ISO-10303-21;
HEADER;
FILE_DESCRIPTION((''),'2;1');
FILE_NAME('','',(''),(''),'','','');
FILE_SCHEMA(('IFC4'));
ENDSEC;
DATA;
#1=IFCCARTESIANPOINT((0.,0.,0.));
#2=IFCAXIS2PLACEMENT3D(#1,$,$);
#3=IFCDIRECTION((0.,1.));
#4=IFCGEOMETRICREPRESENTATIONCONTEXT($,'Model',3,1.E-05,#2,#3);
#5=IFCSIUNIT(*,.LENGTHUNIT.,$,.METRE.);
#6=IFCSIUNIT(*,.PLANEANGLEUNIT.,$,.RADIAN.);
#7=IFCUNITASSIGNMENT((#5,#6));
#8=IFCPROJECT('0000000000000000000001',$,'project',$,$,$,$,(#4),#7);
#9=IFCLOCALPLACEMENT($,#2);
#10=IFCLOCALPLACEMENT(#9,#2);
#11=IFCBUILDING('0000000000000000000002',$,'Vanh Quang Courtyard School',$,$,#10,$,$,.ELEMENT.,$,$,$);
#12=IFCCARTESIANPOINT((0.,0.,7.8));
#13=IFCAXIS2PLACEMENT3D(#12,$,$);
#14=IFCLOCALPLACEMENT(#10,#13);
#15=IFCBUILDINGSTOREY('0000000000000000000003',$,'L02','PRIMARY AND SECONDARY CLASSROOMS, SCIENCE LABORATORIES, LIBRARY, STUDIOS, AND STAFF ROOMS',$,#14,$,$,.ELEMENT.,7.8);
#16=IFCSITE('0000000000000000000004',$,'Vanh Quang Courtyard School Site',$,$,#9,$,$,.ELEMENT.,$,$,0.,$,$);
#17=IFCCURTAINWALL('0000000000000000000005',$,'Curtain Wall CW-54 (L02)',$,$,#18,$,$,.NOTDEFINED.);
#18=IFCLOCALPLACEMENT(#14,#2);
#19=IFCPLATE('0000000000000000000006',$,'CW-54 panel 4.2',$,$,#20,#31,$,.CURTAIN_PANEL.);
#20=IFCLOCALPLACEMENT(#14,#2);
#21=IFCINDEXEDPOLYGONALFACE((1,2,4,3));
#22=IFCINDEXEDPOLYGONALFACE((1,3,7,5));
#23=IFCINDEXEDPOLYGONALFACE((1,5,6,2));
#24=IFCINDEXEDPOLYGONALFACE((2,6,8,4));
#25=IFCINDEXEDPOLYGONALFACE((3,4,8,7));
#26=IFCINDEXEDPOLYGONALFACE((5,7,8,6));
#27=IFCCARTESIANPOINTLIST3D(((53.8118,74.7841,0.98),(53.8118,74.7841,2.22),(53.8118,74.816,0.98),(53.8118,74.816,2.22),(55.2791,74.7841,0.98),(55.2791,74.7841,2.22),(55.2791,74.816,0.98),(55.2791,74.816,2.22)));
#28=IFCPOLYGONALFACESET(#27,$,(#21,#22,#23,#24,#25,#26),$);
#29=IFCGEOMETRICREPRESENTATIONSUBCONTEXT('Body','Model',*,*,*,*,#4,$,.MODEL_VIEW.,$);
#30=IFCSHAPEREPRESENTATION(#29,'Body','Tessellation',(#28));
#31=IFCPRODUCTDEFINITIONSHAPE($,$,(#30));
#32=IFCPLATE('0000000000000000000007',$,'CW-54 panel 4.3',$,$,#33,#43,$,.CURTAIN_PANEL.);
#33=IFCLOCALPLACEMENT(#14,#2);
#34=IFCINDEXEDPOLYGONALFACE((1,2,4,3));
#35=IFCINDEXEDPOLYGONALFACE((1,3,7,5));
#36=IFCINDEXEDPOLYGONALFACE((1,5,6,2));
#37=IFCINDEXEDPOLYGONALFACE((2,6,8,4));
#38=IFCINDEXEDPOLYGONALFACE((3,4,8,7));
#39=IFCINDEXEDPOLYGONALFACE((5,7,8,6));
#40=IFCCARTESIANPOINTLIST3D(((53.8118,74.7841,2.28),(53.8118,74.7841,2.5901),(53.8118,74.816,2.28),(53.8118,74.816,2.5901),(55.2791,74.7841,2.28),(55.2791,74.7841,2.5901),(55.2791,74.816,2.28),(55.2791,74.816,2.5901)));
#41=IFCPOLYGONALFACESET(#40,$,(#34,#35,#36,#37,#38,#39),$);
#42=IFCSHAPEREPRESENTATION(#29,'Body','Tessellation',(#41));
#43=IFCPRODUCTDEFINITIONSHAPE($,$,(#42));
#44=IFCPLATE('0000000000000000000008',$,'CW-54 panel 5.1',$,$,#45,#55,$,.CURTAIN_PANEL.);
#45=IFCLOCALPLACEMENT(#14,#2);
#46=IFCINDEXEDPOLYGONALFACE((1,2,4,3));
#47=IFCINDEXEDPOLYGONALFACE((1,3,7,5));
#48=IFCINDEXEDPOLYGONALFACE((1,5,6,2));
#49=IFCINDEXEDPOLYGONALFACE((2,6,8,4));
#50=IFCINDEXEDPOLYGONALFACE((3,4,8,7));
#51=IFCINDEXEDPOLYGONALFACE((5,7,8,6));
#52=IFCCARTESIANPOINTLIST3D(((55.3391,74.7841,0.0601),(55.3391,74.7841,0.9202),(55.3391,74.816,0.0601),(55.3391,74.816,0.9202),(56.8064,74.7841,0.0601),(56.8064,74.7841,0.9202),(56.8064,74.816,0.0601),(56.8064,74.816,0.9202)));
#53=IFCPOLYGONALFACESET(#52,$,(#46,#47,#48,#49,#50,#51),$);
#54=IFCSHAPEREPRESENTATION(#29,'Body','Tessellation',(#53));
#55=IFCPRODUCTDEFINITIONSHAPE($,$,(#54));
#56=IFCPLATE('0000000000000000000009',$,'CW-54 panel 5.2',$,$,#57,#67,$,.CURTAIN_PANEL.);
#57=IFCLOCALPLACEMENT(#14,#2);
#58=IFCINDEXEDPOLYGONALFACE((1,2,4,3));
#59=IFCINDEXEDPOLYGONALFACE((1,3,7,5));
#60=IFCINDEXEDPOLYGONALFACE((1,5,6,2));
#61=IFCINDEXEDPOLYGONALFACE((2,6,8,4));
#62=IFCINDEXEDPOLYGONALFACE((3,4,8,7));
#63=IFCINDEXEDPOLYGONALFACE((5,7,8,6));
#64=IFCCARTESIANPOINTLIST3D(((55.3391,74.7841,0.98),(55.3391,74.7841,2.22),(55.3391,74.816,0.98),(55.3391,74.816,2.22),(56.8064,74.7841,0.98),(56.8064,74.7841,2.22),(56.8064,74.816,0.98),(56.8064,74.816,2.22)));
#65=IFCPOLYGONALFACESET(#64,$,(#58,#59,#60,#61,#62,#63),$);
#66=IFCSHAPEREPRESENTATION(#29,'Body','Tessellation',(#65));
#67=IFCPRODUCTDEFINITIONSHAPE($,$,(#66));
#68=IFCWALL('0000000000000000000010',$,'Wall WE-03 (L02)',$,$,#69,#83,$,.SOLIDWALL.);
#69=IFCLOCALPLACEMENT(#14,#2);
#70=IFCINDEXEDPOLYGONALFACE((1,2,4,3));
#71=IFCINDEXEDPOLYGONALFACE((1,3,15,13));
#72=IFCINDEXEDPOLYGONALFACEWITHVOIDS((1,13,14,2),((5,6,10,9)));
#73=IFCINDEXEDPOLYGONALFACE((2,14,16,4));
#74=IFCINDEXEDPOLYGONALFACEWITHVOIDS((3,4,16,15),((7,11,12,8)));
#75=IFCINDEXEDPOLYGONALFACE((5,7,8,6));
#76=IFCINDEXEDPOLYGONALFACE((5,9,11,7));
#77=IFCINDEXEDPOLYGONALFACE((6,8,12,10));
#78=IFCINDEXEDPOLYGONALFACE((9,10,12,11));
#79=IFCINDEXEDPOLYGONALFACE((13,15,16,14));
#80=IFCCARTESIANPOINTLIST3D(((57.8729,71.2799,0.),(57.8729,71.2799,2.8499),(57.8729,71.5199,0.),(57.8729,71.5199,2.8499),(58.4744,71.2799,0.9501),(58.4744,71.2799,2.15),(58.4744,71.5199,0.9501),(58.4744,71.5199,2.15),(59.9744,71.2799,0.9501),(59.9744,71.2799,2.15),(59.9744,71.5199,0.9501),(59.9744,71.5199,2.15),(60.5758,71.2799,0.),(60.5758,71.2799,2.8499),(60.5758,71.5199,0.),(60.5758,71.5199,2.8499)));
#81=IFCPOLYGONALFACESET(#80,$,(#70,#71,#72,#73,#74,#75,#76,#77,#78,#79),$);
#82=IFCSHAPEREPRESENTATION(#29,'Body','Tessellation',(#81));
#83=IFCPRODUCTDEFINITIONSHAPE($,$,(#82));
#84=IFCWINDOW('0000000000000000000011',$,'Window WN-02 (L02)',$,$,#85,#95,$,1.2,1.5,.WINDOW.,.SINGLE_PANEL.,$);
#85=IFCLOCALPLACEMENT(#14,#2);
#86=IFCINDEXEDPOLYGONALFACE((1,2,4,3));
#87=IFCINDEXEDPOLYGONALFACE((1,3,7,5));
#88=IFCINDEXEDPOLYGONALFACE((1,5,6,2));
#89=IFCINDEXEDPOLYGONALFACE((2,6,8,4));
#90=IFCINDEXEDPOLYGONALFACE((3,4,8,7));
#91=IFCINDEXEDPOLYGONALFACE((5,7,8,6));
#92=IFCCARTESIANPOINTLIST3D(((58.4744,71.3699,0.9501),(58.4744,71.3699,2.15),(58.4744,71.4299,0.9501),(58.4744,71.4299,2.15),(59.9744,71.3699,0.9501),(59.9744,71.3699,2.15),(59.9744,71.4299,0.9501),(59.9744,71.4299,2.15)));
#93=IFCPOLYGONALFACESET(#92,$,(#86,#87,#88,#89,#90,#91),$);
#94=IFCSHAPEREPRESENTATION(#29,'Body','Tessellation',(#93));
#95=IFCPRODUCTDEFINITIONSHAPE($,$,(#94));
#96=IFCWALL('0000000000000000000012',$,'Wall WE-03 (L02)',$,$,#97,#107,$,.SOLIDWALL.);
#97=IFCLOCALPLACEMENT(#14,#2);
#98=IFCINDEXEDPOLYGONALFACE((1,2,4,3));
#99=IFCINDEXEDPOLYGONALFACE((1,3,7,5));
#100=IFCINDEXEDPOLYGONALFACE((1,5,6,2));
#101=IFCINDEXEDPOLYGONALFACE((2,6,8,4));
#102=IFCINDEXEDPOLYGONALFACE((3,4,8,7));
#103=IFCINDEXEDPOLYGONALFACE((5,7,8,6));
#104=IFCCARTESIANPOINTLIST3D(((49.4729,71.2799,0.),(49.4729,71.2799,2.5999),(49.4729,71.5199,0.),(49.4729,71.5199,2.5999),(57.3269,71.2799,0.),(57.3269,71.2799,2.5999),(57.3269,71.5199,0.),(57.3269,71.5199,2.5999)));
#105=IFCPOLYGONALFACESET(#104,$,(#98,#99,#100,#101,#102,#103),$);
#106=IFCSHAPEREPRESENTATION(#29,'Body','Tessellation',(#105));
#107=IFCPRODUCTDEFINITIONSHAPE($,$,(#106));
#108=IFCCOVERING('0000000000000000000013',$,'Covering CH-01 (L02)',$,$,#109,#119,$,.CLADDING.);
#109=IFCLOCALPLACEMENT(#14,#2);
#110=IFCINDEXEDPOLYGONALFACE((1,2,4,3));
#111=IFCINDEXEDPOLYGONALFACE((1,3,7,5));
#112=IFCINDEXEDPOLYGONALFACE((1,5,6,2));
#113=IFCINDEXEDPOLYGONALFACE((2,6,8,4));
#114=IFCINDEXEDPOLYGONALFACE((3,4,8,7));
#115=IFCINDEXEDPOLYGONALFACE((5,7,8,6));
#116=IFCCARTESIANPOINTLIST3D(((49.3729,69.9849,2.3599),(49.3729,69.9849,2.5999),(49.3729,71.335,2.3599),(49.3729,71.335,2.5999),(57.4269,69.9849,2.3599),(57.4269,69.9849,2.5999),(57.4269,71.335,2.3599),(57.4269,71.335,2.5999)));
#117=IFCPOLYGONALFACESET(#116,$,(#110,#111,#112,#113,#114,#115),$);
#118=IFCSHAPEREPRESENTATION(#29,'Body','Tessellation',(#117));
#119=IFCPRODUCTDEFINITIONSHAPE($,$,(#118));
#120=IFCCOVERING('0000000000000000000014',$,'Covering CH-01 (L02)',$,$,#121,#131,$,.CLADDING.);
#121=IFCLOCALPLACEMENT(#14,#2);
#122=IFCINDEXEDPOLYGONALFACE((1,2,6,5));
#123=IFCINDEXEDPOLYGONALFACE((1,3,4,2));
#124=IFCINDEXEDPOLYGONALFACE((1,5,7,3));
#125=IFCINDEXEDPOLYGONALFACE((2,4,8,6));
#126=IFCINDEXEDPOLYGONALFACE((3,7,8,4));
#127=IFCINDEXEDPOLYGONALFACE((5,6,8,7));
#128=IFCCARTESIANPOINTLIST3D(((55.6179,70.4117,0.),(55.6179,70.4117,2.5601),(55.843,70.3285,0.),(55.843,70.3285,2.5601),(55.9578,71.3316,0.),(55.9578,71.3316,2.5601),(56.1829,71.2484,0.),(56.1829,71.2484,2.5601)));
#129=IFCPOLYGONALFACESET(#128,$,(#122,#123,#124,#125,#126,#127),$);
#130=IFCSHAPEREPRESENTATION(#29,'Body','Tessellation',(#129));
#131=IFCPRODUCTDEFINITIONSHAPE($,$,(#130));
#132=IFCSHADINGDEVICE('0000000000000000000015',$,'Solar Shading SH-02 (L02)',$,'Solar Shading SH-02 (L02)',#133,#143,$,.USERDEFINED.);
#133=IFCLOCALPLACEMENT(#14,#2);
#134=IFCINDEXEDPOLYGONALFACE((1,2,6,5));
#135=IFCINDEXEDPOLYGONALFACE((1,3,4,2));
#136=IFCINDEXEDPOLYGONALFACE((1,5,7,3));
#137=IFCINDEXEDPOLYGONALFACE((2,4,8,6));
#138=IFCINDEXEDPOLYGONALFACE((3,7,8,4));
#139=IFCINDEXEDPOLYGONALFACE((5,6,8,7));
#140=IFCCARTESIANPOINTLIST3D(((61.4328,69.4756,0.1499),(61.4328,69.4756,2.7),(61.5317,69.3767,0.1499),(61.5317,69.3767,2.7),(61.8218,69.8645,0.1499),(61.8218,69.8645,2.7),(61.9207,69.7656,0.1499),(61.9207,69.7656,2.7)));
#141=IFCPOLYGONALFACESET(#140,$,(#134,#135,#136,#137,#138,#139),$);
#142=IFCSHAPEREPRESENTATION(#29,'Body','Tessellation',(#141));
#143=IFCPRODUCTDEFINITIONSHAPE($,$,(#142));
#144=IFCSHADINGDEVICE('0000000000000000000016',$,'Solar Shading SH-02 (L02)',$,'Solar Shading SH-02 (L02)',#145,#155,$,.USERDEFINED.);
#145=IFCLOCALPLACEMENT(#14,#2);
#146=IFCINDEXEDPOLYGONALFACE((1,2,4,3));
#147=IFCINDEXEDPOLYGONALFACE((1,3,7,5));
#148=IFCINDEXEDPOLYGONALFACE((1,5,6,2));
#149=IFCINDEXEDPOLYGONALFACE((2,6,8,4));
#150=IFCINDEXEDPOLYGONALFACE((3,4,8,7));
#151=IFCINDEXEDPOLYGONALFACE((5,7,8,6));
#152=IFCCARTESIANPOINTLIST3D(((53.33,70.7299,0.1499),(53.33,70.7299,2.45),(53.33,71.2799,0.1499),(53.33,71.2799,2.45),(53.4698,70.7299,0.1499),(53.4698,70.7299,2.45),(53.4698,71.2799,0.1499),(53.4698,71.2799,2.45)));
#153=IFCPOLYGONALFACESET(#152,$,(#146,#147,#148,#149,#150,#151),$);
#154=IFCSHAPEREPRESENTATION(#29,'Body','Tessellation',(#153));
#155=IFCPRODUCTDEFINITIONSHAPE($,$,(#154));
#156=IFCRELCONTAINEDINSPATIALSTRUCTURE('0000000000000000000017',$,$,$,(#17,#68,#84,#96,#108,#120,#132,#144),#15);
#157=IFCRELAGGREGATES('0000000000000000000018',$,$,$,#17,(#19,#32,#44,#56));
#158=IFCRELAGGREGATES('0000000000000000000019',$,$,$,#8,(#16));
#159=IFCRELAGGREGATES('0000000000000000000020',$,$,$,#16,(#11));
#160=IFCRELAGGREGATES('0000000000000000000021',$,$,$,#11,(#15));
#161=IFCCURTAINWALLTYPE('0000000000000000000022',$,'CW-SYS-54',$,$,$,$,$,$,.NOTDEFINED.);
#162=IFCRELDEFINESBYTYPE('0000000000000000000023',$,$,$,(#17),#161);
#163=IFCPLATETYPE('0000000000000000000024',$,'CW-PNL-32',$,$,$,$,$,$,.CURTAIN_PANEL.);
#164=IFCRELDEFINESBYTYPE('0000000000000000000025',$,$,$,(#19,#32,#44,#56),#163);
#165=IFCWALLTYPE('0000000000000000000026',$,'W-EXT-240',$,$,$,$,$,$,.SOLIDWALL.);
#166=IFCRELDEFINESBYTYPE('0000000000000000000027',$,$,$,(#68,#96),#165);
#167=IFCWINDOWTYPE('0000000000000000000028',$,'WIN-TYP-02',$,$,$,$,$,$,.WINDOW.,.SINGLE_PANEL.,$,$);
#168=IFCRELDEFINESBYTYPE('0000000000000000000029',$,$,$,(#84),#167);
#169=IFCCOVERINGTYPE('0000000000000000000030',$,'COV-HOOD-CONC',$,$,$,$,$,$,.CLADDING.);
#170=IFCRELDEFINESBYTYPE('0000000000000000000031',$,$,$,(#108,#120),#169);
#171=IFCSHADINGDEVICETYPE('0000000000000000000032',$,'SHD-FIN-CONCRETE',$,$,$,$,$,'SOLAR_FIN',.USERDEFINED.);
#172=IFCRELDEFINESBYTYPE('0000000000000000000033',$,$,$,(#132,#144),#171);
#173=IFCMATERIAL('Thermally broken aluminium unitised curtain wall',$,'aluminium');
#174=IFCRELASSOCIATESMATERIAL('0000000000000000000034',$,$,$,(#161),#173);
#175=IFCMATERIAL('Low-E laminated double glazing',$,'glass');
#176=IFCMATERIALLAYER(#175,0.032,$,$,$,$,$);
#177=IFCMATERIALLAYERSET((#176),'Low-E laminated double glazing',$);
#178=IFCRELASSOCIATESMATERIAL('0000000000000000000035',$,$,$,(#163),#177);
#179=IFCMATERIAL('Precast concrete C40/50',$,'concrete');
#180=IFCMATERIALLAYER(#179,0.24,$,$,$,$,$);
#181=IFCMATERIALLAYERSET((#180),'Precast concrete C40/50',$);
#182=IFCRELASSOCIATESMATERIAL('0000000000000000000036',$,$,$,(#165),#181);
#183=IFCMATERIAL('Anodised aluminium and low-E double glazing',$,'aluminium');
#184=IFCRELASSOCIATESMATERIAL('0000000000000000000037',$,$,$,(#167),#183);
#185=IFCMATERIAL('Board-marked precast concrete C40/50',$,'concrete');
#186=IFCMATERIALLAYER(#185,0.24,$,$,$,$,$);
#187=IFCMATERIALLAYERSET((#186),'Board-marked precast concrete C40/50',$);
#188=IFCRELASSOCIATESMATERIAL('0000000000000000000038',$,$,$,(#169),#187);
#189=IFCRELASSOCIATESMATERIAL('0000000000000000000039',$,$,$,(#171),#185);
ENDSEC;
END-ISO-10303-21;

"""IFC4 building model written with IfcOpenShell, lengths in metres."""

from ifc_helpers import new_model, si_unit, direction, frame, frame_2d, origin, origin_2d, place, context, subcontext, project, spatial, rectangle, extrude, material, layer, layer_set, type_object, element, fill, aggregate, save


model = new_model("IFC4")

# Units and contexts
model_context = context("Model", 3, precision=1e-05, world=origin(), true_north=direction((0.0, 1.0)))
body_context = subcontext(model_context, "Body", "Model", "MODEL_VIEW")
ifc_project = project(units=[si_unit("LENGTHUNIT", "METRE"), si_unit("PLANEANGLEUNIT", "RADIAN")], contexts=[model_context])

# Site, building, storey
site_placement = place(None, origin())
site = spatial("IfcSite", under=ifc_project, at=site_placement, Name="Vanh Quang Courtyard School Site", CompositionType="ELEMENT", RefElevation=0.0)
building_placement = place(site_placement, origin())
building = spatial("IfcBuilding", under=site, at=building_placement, Name="Vanh Quang Courtyard School", CompositionType="ELEMENT")
storey_placement = place(building_placement, frame((0.0, 0.0, 7.8)))
storey = spatial("IfcBuildingStorey", under=building, at=storey_placement, Name="L02", Description="PRIMARY AND SECONDARY CLASSROOMS, SCIENCE LABORATORIES, LIBRARY, STUDIOS, AND STAFF ROOMS", CompositionType="ELEMENT", Elevation=7.8)

# Curtain wall, plates
ifc_material_1 = material(Name="Thermally broken aluminium unitised curtain wall", Category="aluminium")
curtain_wall_type = type_object("IfcCurtainWallType", Name="CW-SYS-54", PredefinedType="NOTDEFINED", material=ifc_material_1)
curtain_wall_placement = place(storey_placement, origin())
curtain_wall = element("IfcCurtainWall", 1, at=curtain_wall_placement, inside=storey, type_object=curtain_wall_type, Name="Curtain Wall CW-54 (L02)", PredefinedType="NOTDEFINED")
ifc_material_2 = material(Name="Low-E laminated double glazing", Category="glass")
ifc_layer_1 = layer(ifc_material_2, 0.032)
ifc_layer_set_1 = layer_set([ifc_layer_1], Name="Low-E laminated double glazing")
plate_type = type_object("IfcPlateType", Name="CW-PNL-32", PredefinedType="CURTAIN_PANEL", material=ifc_layer_set_1)
plate_1_placement = place(storey_placement, frame((54.5454, 74.8, 0.98), z_axis=(0.0, 0.0, 1.0), x_axis=(1.0, 0.0, 0.0)))
plate_1 = element("IfcPlate", 2, at=plate_1_placement, type_object=plate_type, Name="CW-54 panel 4.2", PredefinedType="CURTAIN_PANEL", context=body_context, shape_type="SweptSolid", body=[
    extrude(rectangle(XDim=1.4673, YDim=0.032, at=origin_2d()), origin(), (0.0, 0.0, 1.0), 1.24),
])
plate_2_placement = place(storey_placement, frame((54.5454, 74.8, 2.28), z_axis=(0.0, 0.0, 1.0), x_axis=(1.0, 0.0, 0.0)))
plate_2 = element("IfcPlate", 3, at=plate_2_placement, type_object=plate_type, Name="CW-54 panel 4.3", PredefinedType="CURTAIN_PANEL", context=body_context, shape_type="SweptSolid", body=[
    extrude(rectangle(XDim=1.4673, YDim=0.032, at=origin_2d()), origin(), (0.0, 0.0, 1.0), 0.3101),
])
plate_3_placement = place(storey_placement, frame((56.0728, 74.8, 0.0601), z_axis=(0.0, 0.0, 1.0), x_axis=(1.0, 0.0, 0.0)))
plate_3 = element("IfcPlate", 4, at=plate_3_placement, type_object=plate_type, Name="CW-54 panel 5.1", PredefinedType="CURTAIN_PANEL", context=body_context, shape_type="SweptSolid", body=[
    extrude(rectangle(XDim=1.4673, YDim=0.032, at=origin_2d()), origin(), (0.0, 0.0, 1.0), 0.8601),
])
plate_4_placement = place(storey_placement, frame((56.0728, 74.8, 0.98), z_axis=(0.0, 0.0, 1.0), x_axis=(1.0, 0.0, 0.0)))
plate_4 = element("IfcPlate", 5, at=plate_4_placement, type_object=plate_type, Name="CW-54 panel 5.2", PredefinedType="CURTAIN_PANEL", context=body_context, shape_type="SweptSolid", body=[
    extrude(rectangle(XDim=1.4673, YDim=0.032, at=origin_2d()), origin(), (0.0, 0.0, 1.0), 1.24),
])
aggregate(curtain_wall, [plate_1, plate_2, plate_3, plate_4])

# Wall, opening, window
ifc_material_3 = material(Name="Precast concrete C40/50", Category="concrete")
ifc_layer_2 = layer(ifc_material_3, 0.24)
ifc_layer_set_2 = layer_set([ifc_layer_2], Name="Precast concrete C40/50")
wall_type_1 = type_object("IfcWallType", Name="W-EXT-240", PredefinedType="SOLIDWALL", material=ifc_layer_set_2)
wall_1_placement = place(storey_placement, frame((60.5759, 71.3999, 0.0), z_axis=(0.0, 0.0, 1.0), x_axis=(-1.0, 0.0, 0.0)))
wall_1 = element("IfcWall", 6, at=wall_1_placement, inside=storey, type_object=wall_type_1, Name="Wall WE-03 (L02)", PredefinedType="SOLIDWALL", context=body_context, shape_type="SweptSolid", body=[
    extrude(rectangle(XDim=2.7029, YDim=0.24, at=frame_2d((1.3516, 0.0))), origin(), (0.0, 0.0, 1.0), 2.8499),
])
opening_1_placement = place(wall_1_placement, frame((0.6016, 0.0, 0.95)))
opening_1 = element("IfcOpeningElement", 7, at=opening_1_placement, cuts=wall_1, PredefinedType="OPENING", context=body_context, shape_type="SweptSolid", body=[
    extrude(rectangle(XDim=1.5, YDim=1.2, at=frame_2d((0.75, 0.6001))), frame((0.0, 0.1299, 0.0), z_axis=(0.0, -1.0, 0.0), x_axis=(1.0, 0.0, 0.0)), (0.0, 0.0, 1.0), 0.26),
])
ifc_material_4 = material(Name="Anodised aluminium and low-E double glazing", Category="aluminium")
window_type = type_object("IfcWindowType", Name="WIN-TYP-02", PartitioningType="SINGLE_PANEL", PredefinedType="WINDOW", material=ifc_material_4)
window_placement = place(opening_1_placement, origin())
window = element("IfcWindow", 8, at=window_placement, inside=storey, type_object=window_type, Name="Window WN-02 (L02)", OverallHeight=1.2, OverallWidth=1.5, PartitioningType="SINGLE_PANEL", PredefinedType="WINDOW", context=body_context, shape_type="SweptSolid", body=[
    extrude(rectangle(XDim=1.5, YDim=1.2, at=frame_2d((0.75, 0.6001))), frame((0.0, 0.03, 0.0), z_axis=(0.0, -1.0, 0.0), x_axis=(1.0, 0.0, 0.0)), (0.0, 0.0, 1.0), 0.0601),
])
fill(opening_1, window)

# Wall
wall_2_placement = place(storey_placement, frame((57.3269, 71.3999, 0.0), z_axis=(0.0, 0.0, 1.0), x_axis=(-1.0, 0.0, 0.0)))
element("IfcWall", 9, at=wall_2_placement, inside=storey, type_object=wall_type_1, Name="Wall WE-03 (L02)", PredefinedType="SOLIDWALL", context=body_context, shape_type="SweptSolid", body=[
    extrude(rectangle(XDim=7.854, YDim=0.24, at=frame_2d((3.927, 0.0))), origin(), (0.0, 0.0, 1.0), 2.5999),
])

# Coverings
ifc_material_5 = material(Name="Board-marked precast concrete C40/50", Category="concrete")
ifc_layer_3 = layer(ifc_material_5, 0.24)
ifc_layer_set_3 = layer_set([ifc_layer_3], Name="Board-marked precast concrete C40/50")
covering_type = type_object("IfcCoveringType", Name="COV-HOOD-CONC", PredefinedType="CLADDING", material=ifc_layer_set_3)
covering_1_placement = place(storey_placement, frame((53.3999, 70.6599, 2.3599), z_axis=(0.0, 0.0, 1.0), x_axis=(-1.0, 0.0, 0.0)))
element("IfcCovering", 10, at=covering_1_placement, inside=storey, type_object=covering_type, Name="Covering CH-01 (L02)", PredefinedType="CLADDING", context=body_context, shape_type="SweptSolid", body=[
    extrude(rectangle(XDim=8.054, YDim=1.3501, at=origin_2d()), origin(), (0.0, 0.0, 1.0), 0.24),
])
covering_2_placement = place(storey_placement, frame((55.9004, 70.8301, 0.0), z_axis=(0.0, 0.0, 1.0), x_axis=(-0.346608, -0.93801, 0.0)))
element("IfcCovering", 11, at=covering_2_placement, inside=storey, type_object=covering_type, Name="Covering CH-01 (L02)", PredefinedType="CLADDING", context=body_context, shape_type="SweptSolid", body=[
    extrude(rectangle(XDim=0.9807, YDim=0.24, at=origin_2d()), origin(), (0.0, 0.0, 1.0), 2.5601),
])

# Shading devices
shading_device_type = type_object("IfcShadingDeviceType", Name="SHD-FIN-CONCRETE", ElementType="SOLAR_FIN", PredefinedType="USERDEFINED", material=ifc_material_5)
shading_device_1_placement = place(storey_placement, frame((61.6768, 69.6206, 0.1499), z_axis=(0.0, 0.0, 1.0), x_axis=(-0.707107, 0.707107, 0.0)))
element("IfcShadingDevice", 12, at=shading_device_1_placement, inside=storey, type_object=shading_device_type, Name="Solar Shading SH-02 (L02)", ObjectType="Solar Shading SH-02 (L02)", PredefinedType="USERDEFINED", context=body_context, shape_type="SweptSolid", body=[
    extrude(rectangle(XDim=0.1399, YDim=0.55, at=origin_2d()), origin(), (0.0, 0.0, 1.0), 2.55),
])
shading_device_2_placement = place(storey_placement, frame((53.3999, 71.0049, 0.1499), z_axis=(0.0, 0.0, 1.0), x_axis=(-1.0, 0.0, 0.0)))
element("IfcShadingDevice", 13, at=shading_device_2_placement, inside=storey, type_object=shading_device_type, Name="Solar Shading SH-02 (L02)", ObjectType="Solar Shading SH-02 (L02)", PredefinedType="USERDEFINED", context=body_context, shape_type="SweptSolid", body=[
    extrude(rectangle(XDim=0.1399, YDim=0.55, at=origin_2d()), origin(), (0.0, 0.0, 1.0), 2.3),
])

save(model, "model.ifc")
